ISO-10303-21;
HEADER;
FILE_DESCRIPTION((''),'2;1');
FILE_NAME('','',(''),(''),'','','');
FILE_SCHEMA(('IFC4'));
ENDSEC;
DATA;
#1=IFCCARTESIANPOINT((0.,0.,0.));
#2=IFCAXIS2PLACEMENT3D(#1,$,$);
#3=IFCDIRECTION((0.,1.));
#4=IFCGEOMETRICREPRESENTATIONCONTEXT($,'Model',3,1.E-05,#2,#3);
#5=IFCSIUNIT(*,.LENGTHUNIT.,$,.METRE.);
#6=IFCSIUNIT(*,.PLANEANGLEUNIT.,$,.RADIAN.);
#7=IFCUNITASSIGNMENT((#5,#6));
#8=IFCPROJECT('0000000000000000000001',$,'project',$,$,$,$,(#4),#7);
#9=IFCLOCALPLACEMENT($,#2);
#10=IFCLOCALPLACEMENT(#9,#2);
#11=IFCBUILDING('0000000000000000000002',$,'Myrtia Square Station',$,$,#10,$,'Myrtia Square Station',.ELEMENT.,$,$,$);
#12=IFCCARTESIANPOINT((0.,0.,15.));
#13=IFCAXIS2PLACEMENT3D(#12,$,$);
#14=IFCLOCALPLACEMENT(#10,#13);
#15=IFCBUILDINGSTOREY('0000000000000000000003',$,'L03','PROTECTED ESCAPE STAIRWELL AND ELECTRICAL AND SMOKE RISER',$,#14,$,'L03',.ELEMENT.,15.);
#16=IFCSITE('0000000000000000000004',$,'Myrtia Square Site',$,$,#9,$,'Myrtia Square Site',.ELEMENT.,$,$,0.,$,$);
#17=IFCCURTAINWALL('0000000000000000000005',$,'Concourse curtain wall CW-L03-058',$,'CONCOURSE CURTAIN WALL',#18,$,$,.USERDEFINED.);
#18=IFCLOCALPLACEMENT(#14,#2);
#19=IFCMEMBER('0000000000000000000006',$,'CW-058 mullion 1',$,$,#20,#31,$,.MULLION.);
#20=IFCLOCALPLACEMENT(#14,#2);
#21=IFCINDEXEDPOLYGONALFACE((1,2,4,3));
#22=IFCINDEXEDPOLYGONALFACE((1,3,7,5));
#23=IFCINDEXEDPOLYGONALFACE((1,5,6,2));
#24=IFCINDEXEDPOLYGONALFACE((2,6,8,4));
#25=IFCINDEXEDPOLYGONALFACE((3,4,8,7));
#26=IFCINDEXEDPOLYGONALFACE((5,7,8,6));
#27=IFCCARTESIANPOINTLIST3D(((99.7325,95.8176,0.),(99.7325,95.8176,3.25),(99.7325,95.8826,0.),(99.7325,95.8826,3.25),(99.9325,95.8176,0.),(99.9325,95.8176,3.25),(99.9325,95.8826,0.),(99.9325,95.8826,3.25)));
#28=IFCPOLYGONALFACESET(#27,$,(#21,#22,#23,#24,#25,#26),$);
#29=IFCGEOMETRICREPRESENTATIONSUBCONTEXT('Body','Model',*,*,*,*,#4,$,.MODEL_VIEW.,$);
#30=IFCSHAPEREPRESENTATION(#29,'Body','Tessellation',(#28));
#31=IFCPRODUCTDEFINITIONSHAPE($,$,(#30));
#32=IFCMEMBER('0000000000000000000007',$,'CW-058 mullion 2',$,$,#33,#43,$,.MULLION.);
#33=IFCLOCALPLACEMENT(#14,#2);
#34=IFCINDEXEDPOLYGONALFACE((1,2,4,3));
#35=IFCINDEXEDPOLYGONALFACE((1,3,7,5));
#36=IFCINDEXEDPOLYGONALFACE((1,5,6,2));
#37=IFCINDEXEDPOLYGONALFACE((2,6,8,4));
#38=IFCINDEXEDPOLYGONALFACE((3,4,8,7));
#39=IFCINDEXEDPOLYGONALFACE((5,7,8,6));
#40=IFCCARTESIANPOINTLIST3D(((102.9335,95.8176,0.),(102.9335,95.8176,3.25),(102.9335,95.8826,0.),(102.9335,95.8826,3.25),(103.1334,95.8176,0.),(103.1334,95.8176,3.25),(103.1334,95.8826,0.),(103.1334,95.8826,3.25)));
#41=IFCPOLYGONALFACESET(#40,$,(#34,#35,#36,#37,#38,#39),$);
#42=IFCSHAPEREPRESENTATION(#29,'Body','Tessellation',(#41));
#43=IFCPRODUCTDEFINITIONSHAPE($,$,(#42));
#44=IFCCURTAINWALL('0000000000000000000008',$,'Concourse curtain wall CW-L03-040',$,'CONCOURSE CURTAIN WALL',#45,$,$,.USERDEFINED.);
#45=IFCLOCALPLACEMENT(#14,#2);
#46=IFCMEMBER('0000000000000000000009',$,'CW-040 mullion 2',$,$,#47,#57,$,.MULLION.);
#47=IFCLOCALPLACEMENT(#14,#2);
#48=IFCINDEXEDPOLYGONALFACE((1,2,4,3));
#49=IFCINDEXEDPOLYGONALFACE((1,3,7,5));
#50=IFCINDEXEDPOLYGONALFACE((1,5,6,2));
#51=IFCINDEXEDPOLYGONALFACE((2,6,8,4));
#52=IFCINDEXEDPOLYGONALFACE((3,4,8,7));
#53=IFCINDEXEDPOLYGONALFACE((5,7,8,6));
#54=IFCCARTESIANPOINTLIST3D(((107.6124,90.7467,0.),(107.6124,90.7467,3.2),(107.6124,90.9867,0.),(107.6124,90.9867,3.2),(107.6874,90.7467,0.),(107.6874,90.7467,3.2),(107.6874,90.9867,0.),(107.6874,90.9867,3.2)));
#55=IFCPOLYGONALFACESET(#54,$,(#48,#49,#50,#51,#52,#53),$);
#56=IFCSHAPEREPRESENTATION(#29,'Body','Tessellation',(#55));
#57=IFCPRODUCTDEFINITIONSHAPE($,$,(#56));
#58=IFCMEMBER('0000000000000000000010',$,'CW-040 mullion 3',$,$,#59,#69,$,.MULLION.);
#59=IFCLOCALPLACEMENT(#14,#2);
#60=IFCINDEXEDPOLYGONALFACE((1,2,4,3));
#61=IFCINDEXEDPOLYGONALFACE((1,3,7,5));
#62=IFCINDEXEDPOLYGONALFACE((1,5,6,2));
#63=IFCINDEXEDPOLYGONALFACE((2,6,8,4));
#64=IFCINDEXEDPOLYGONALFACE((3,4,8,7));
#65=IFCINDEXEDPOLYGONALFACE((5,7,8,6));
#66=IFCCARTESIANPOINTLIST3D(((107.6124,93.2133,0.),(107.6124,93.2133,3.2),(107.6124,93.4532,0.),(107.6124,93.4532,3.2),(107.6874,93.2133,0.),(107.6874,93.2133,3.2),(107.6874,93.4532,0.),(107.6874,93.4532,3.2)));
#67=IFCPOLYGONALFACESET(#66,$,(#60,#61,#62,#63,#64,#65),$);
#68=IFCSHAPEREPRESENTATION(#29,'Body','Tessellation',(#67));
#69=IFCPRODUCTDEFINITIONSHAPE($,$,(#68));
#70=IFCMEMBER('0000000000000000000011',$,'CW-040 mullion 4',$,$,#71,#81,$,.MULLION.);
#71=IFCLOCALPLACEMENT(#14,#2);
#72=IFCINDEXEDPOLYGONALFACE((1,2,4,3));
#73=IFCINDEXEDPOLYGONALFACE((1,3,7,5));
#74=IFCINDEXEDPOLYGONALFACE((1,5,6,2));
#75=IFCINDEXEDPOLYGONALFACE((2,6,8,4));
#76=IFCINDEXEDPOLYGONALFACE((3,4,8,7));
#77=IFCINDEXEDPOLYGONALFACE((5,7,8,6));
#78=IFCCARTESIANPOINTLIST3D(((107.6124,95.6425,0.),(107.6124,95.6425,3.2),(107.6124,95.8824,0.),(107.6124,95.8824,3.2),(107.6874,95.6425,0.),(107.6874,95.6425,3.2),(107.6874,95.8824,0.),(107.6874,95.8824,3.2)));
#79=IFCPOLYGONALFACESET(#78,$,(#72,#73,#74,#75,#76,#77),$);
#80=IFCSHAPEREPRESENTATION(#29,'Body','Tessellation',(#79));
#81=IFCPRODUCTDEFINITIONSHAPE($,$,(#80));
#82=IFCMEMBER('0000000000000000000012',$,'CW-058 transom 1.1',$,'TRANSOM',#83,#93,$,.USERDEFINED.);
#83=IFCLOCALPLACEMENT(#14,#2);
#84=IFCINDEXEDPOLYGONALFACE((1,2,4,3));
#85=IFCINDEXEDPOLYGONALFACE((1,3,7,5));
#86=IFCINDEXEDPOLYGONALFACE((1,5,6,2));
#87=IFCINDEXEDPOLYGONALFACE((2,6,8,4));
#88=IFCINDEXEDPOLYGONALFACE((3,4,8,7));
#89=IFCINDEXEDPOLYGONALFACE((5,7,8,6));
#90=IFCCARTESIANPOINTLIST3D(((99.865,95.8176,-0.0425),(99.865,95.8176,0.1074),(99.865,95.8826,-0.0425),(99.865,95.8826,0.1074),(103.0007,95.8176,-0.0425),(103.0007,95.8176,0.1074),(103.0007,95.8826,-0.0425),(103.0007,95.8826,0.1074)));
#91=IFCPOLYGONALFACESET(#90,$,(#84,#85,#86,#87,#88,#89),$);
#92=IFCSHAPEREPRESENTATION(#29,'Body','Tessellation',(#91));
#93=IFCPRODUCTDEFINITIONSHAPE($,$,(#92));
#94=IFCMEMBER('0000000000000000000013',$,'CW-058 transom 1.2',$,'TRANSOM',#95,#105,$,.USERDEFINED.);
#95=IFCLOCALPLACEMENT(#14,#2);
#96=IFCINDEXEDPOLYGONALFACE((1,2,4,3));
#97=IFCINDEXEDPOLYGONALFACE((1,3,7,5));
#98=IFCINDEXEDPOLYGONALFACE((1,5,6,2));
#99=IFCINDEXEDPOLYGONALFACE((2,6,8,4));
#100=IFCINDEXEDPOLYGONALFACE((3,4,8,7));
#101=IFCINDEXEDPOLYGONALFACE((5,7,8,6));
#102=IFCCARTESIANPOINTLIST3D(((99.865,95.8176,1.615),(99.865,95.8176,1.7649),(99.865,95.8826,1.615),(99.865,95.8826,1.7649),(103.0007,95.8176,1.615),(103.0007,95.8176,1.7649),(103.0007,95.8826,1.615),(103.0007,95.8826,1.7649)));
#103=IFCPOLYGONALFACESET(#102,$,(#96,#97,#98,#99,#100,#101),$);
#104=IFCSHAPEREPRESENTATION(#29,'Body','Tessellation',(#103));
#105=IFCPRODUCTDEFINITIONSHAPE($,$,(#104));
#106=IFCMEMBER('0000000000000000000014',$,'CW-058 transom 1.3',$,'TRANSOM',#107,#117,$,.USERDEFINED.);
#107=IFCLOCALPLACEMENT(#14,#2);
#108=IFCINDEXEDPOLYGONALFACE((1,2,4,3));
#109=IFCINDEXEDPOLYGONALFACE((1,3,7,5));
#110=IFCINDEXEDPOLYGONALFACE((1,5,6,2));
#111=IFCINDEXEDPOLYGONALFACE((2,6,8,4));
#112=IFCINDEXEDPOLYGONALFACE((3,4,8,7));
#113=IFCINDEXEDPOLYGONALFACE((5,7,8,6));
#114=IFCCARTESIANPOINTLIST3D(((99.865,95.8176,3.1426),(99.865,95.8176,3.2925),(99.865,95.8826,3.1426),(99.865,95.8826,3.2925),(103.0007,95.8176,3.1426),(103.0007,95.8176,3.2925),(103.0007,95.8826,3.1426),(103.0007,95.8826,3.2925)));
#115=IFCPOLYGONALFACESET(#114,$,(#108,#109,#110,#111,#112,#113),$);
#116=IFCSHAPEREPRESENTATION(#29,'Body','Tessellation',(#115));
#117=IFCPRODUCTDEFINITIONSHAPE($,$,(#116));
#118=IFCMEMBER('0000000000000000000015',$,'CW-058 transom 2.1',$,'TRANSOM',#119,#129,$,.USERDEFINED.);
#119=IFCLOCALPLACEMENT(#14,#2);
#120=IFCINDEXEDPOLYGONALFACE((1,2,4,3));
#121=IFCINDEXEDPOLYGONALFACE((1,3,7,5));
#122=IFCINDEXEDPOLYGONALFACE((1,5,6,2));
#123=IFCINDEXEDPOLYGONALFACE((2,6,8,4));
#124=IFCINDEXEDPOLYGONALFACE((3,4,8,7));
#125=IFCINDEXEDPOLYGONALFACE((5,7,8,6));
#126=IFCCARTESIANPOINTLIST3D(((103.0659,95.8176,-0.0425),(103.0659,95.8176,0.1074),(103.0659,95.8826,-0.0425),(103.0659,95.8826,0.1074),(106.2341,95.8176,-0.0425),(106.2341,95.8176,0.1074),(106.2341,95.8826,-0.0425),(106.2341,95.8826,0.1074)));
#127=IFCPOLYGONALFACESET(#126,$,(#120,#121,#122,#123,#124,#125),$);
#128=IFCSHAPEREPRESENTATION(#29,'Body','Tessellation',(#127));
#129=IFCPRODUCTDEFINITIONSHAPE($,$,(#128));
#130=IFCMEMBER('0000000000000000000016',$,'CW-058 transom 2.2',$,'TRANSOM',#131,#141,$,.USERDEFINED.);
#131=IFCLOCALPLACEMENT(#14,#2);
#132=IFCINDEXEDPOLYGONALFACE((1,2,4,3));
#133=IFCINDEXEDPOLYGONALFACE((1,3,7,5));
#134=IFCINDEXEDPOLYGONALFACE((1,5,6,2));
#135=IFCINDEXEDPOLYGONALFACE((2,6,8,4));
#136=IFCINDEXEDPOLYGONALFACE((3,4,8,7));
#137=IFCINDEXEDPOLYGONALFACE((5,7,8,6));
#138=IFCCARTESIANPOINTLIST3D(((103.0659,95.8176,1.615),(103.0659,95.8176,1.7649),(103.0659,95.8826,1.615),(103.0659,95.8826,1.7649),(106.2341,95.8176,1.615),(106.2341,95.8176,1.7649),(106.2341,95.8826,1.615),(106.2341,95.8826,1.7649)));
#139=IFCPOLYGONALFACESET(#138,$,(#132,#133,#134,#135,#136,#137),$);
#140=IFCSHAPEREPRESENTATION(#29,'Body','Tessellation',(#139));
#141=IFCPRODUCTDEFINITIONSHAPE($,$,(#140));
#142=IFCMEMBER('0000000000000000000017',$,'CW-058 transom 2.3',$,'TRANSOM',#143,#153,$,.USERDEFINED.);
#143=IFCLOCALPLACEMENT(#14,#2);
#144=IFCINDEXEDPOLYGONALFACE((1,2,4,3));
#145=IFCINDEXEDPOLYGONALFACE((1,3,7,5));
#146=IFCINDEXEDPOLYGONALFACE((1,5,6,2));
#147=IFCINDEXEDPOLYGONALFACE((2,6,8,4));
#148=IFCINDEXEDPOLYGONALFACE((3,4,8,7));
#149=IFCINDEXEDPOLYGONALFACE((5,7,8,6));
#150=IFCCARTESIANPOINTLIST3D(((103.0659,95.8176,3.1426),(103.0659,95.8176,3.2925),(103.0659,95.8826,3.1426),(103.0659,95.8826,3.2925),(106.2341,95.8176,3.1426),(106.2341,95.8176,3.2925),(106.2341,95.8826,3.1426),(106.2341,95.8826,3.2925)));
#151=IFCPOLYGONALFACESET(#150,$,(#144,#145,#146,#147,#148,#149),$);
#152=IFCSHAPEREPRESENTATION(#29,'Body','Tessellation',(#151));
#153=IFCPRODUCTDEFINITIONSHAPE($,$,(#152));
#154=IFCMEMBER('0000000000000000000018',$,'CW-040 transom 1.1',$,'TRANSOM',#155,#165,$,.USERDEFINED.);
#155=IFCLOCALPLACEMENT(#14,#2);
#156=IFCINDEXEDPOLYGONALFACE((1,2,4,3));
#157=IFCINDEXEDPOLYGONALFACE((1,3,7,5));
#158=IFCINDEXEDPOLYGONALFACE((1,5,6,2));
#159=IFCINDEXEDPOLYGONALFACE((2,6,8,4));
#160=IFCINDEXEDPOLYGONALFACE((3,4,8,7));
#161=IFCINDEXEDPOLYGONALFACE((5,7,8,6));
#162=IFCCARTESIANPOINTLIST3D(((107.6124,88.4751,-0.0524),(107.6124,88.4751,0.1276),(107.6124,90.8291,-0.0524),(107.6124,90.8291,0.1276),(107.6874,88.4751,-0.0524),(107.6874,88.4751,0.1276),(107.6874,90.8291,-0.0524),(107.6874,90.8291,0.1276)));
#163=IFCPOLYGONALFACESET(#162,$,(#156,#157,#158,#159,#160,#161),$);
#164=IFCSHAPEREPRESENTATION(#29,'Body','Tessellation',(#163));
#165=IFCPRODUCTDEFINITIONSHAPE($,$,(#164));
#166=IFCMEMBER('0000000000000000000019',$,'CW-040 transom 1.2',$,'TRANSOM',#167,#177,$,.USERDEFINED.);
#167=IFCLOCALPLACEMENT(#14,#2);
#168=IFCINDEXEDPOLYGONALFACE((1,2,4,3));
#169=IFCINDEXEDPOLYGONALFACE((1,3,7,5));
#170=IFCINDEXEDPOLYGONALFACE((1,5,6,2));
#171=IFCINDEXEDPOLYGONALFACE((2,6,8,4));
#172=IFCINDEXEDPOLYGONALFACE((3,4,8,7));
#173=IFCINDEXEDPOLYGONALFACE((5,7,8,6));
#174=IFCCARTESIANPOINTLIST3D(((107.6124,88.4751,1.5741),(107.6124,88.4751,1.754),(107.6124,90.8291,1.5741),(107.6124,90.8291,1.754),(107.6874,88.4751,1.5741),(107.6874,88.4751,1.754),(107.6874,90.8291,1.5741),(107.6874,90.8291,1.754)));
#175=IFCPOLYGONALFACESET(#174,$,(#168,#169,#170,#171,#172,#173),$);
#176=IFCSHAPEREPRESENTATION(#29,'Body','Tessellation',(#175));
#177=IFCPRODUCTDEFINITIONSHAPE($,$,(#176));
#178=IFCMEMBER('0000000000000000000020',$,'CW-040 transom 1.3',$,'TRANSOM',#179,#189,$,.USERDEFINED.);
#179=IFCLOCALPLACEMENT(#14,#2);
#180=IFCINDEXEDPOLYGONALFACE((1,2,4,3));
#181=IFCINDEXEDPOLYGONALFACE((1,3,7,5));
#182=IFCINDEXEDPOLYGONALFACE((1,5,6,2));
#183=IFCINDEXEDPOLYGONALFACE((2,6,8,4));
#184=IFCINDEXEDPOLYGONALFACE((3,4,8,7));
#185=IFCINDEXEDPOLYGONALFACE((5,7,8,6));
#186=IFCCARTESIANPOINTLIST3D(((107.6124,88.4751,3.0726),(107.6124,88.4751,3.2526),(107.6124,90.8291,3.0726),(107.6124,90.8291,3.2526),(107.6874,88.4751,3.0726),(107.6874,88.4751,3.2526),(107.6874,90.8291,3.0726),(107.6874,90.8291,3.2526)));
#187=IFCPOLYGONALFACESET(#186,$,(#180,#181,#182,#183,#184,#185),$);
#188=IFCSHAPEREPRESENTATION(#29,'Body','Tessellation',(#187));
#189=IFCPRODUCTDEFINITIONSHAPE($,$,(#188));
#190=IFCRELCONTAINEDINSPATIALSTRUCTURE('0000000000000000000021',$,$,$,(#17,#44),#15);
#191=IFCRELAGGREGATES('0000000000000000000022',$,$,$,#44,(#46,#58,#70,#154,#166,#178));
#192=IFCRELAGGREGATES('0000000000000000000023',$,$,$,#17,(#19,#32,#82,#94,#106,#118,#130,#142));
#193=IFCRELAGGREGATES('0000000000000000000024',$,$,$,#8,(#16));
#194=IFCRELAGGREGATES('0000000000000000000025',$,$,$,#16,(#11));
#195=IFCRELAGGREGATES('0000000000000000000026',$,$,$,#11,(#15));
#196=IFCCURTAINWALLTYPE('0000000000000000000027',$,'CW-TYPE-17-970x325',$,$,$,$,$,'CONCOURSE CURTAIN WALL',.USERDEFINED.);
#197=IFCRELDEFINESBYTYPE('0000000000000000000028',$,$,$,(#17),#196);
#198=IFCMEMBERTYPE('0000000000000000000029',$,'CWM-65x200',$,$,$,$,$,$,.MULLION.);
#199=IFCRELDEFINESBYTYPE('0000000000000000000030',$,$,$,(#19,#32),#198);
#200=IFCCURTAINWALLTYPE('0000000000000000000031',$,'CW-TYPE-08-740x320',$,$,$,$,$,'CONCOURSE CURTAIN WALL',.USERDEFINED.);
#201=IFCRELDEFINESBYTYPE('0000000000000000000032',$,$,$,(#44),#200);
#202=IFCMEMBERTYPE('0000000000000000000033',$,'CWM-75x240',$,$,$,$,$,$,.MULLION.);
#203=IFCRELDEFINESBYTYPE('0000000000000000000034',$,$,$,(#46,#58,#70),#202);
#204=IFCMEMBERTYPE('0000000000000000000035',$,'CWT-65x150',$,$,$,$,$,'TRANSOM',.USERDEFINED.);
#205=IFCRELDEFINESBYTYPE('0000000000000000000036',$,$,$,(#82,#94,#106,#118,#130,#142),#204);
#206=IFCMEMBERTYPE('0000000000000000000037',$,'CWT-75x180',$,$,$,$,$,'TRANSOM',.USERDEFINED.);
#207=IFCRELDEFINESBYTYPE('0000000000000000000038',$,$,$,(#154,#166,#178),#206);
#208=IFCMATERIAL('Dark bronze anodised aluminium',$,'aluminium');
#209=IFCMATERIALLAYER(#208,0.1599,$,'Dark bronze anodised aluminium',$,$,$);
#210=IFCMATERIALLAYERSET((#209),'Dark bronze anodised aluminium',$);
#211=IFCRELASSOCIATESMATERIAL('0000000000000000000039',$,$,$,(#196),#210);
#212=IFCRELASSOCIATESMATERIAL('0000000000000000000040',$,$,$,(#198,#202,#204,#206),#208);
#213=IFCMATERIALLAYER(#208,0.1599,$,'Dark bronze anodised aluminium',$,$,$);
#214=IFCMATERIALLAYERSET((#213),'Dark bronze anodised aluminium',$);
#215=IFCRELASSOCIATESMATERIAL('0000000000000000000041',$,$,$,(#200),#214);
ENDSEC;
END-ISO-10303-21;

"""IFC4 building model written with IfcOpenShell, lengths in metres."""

from ifc_helpers import new_model, si_unit, direction, frame, origin, origin_2d, place, context, subcontext, project, spatial, rectangle, extrude, material, layer, layer_set, material_profile, profile_set, type_object, element, aggregate, save


model = new_model("IFC4")

# Units and contexts
model_context = context("Model", 3, precision=1e-05, world=origin(), true_north=direction((0.0, 1.0)))
body_context = subcontext(model_context, "Body", "Model", "MODEL_VIEW")
ifc_project = project(units=[si_unit("LENGTHUNIT", "METRE"), si_unit("PLANEANGLEUNIT", "RADIAN")], contexts=[model_context])

# Site, building, storey
site_placement = place(None, origin())
site = spatial("IfcSite", under=ifc_project, at=site_placement, Name="Myrtia Square Site", LongName="Myrtia Square Site", CompositionType="ELEMENT", RefElevation=0.0)
building_placement = place(site_placement, origin())
building = spatial("IfcBuilding", under=site, at=building_placement, Name="Myrtia Square Station", LongName="Myrtia Square Station", CompositionType="ELEMENT")
storey_placement = place(building_placement, frame((0.0, 0.0, 15.0)))
storey = spatial("IfcBuildingStorey", under=building, at=storey_placement, Name="L03", Description="PROTECTED ESCAPE STAIRWELL AND ELECTRICAL AND SMOKE RISER", LongName="L03", CompositionType="ELEMENT", Elevation=15.0)

# Curtain walls, members
ifc_material_1 = material(Name="Dark bronze anodised aluminium", Category="aluminium")
ifc_layer_1 = layer(ifc_material_1, 0.1599, Name="Dark bronze anodised aluminium")
ifc_layer_set_1 = layer_set([ifc_layer_1], Name="Dark bronze anodised aluminium")
curtain_wall_type_1 = type_object("IfcCurtainWallType", Name="CW-TYPE-17-970x325", ElementType="CONCOURSE CURTAIN WALL", PredefinedType="USERDEFINED", material=ifc_layer_set_1)
curtain_wall_1_placement = place(storey_placement, origin())
curtain_wall_1 = element("IfcCurtainWall", 1, at=curtain_wall_1_placement, inside=storey, type_object=curtain_wall_type_1, Name="Concourse curtain wall CW-L03-058", ObjectType="CONCOURSE CURTAIN WALL", PredefinedType="USERDEFINED")
ifc_material_profile_1 = material_profile(ifc_material_1, rectangle(XDim=0.0649, YDim=0.2, at=origin_2d()), Name="ALU-M 65x200")
ifc_profile_set_1 = profile_set([ifc_material_profile_1], Name="Dark bronze anodised aluminium")
member_type_1 = type_object("IfcMemberType", Name="CWM-65x200", PredefinedType="MULLION", material=ifc_profile_set_1)
member_1_placement = place(storey_placement, frame((99.8325, 95.8501, 0.0), z_axis=(0.0, 0.0, 1.0), x_axis=(0.0, 1.0, 0.0)))
member_1 = element("IfcMember", 2, at=member_1_placement, type_object=member_type_1, Name="CW-058 mullion 1", PredefinedType="MULLION", context=body_context, shape_type="SweptSolid", body=[
    extrude(rectangle(XDim=0.0649, YDim=0.2, at=origin_2d()), origin(), (0.0, 0.0, 1.0), 3.25),
])
member_2_placement = place(storey_placement, frame((103.0334, 95.8501, 0.0), z_axis=(0.0, 0.0, 1.0), x_axis=(0.0, 1.0, 0.0)))
member_2 = element("IfcMember", 3, at=member_2_placement, type_object=member_type_1, Name="CW-058 mullion 2", PredefinedType="MULLION", context=body_context, shape_type="SweptSolid", body=[
    extrude(rectangle(XDim=0.0649, YDim=0.2, at=origin_2d()), origin(), (0.0, 0.0, 1.0), 3.25),
])
ifc_layer_2 = layer(ifc_material_1, 0.1599, Name="Dark bronze anodised aluminium")
ifc_layer_set_2 = layer_set([ifc_layer_2], Name="Dark bronze anodised aluminium")
curtain_wall_type_2 = type_object("IfcCurtainWallType", Name="CW-TYPE-08-740x320", ElementType="CONCOURSE CURTAIN WALL", PredefinedType="USERDEFINED", material=ifc_layer_set_2)
curtain_wall_2_placement = place(storey_placement, origin())
curtain_wall_2 = element("IfcCurtainWall", 4, at=curtain_wall_2_placement, inside=storey, type_object=curtain_wall_type_2, Name="Concourse curtain wall CW-L03-040", ObjectType="CONCOURSE CURTAIN WALL", PredefinedType="USERDEFINED")
ifc_material_profile_2 = material_profile(ifc_material_1, rectangle(XDim=0.075, YDim=0.24, at=origin_2d()), Name="ALU-M 75x240")
ifc_profile_set_2 = profile_set([ifc_material_profile_2], Name="Dark bronze anodised aluminium")
member_type_2 = type_object("IfcMemberType", Name="CWM-75x240", PredefinedType="MULLION", material=ifc_profile_set_2)
member_3_placement = place(storey_placement, frame((107.6499, 90.8667, 0.0), z_axis=(0.0, 0.0, 1.0), x_axis=(-1.0, 0.0, 0.0)))
member_3 = element("IfcMember", 5, at=member_3_placement, type_object=member_type_2, Name="CW-040 mullion 2", PredefinedType="MULLION", context=body_context, shape_type="SweptSolid", body=[
    extrude(rectangle(XDim=0.075, YDim=0.24, at=origin_2d()), origin(), (0.0, 0.0, 1.0), 3.2),
])
member_4_placement = place(storey_placement, frame((107.6499, 93.3333, 0.0), z_axis=(0.0, 0.0, 1.0), x_axis=(-1.0, 0.0, 0.0)))
member_4 = element("IfcMember", 6, at=member_4_placement, type_object=member_type_2, Name="CW-040 mullion 3", PredefinedType="MULLION", context=body_context, shape_type="SweptSolid", body=[
    extrude(rectangle(XDim=0.075, YDim=0.24, at=origin_2d()), origin(), (0.0, 0.0, 1.0), 3.2),
])
member_5_placement = place(storey_placement, frame((107.6499, 95.7625, 0.0), z_axis=(0.0, 0.0, 1.0), x_axis=(-1.0, 0.0, 0.0)))
member_5 = element("IfcMember", 7, at=member_5_placement, type_object=member_type_2, Name="CW-040 mullion 4", PredefinedType="MULLION", context=body_context, shape_type="SweptSolid", body=[
    extrude(rectangle(XDim=0.075, YDim=0.24, at=origin_2d()), origin(), (0.0, 0.0, 1.0), 3.2),
])

# Members
ifc_material_profile_3 = material_profile(ifc_material_1, rectangle(XDim=0.0649, YDim=0.1499, at=origin_2d()), Name="ALU-T 65x150")
ifc_profile_set_3 = profile_set([ifc_material_profile_3], Name="Dark bronze anodised aluminium")
member_type_3 = type_object("IfcMemberType", Name="CWT-65x150", ElementType="TRANSOM", PredefinedType="USERDEFINED", material=ifc_profile_set_3)
member_6_placement = place(storey_placement, frame((99.865, 95.8501, 0.0325), z_axis=(1.0, 0.0, 0.0), x_axis=(0.0, 1.0, 0.0)))
member_6 = element("IfcMember", 8, at=member_6_placement, type_object=member_type_3, Name="CW-058 transom 1.1", ObjectType="TRANSOM", PredefinedType="USERDEFINED", context=body_context, shape_type="SweptSolid", body=[
    extrude(rectangle(XDim=0.0649, YDim=0.1499, at=origin_2d()), origin(), (0.0, 0.0, 1.0), 3.1357),
])
member_7_placement = place(storey_placement, frame((99.865, 95.8501, 1.6899), z_axis=(1.0, 0.0, 0.0), x_axis=(0.0, 1.0, 0.0)))
member_7 = element("IfcMember", 9, at=member_7_placement, type_object=member_type_3, Name="CW-058 transom 1.2", ObjectType="TRANSOM", PredefinedType="USERDEFINED", context=body_context, shape_type="SweptSolid", body=[
    extrude(rectangle(XDim=0.0649, YDim=0.1499, at=origin_2d()), origin(), (0.0, 0.0, 1.0), 3.1357),
])
member_8_placement = place(storey_placement, frame((99.865, 95.8501, 3.2175), z_axis=(1.0, 0.0, 0.0), x_axis=(0.0, 1.0, 0.0)))
member_8 = element("IfcMember", 10, at=member_8_placement, type_object=member_type_3, Name="CW-058 transom 1.3", ObjectType="TRANSOM", PredefinedType="USERDEFINED", context=body_context, shape_type="SweptSolid", body=[
    extrude(rectangle(XDim=0.0649, YDim=0.1499, at=origin_2d()), origin(), (0.0, 0.0, 1.0), 3.1357),
])
member_9_placement = place(storey_placement, frame((103.0659, 95.8501, 0.0325), z_axis=(1.0, 0.0, 0.0), x_axis=(0.0, 1.0, 0.0)))
member_9 = element("IfcMember", 11, at=member_9_placement, type_object=member_type_3, Name="CW-058 transom 2.1", ObjectType="TRANSOM", PredefinedType="USERDEFINED", context=body_context, shape_type="SweptSolid", body=[
    extrude(rectangle(XDim=0.0649, YDim=0.1499, at=origin_2d()), origin(), (0.0, 0.0, 1.0), 3.1682),
])
member_10_placement = place(storey_placement, frame((103.0659, 95.8501, 1.6899), z_axis=(1.0, 0.0, 0.0), x_axis=(0.0, 1.0, 0.0)))
member_10 = element("IfcMember", 12, at=member_10_placement, type_object=member_type_3, Name="CW-058 transom 2.2", ObjectType="TRANSOM", PredefinedType="USERDEFINED", context=body_context, shape_type="SweptSolid", body=[
    extrude(rectangle(XDim=0.0649, YDim=0.1499, at=origin_2d()), origin(), (0.0, 0.0, 1.0), 3.1682),
])
member_11_placement = place(storey_placement, frame((103.0659, 95.8501, 3.2175), z_axis=(1.0, 0.0, 0.0), x_axis=(0.0, 1.0, 0.0)))
member_11 = element("IfcMember", 13, at=member_11_placement, type_object=member_type_3, Name="CW-058 transom 2.3", ObjectType="TRANSOM", PredefinedType="USERDEFINED", context=body_context, shape_type="SweptSolid", body=[
    extrude(rectangle(XDim=0.0649, YDim=0.1499, at=origin_2d()), origin(), (0.0, 0.0, 1.0), 3.1682),
])
ifc_material_profile_4 = material_profile(ifc_material_1, rectangle(XDim=0.075, YDim=0.1799, at=origin_2d()), Name="ALU-T 75x180")
ifc_profile_set_4 = profile_set([ifc_material_profile_4], Name="Dark bronze anodised aluminium")
member_type_4 = type_object("IfcMemberType", Name="CWT-75x180", ElementType="TRANSOM", PredefinedType="USERDEFINED", material=ifc_profile_set_4)
member_12_placement = place(storey_placement, frame((107.6499, 88.4751, 0.0376), z_axis=(0.0, 1.0, 0.0), x_axis=(-1.0, 0.0, 0.0)))
member_12 = element("IfcMember", 14, at=member_12_placement, type_object=member_type_4, Name="CW-040 transom 1.1", ObjectType="TRANSOM", PredefinedType="USERDEFINED", context=body_context, shape_type="SweptSolid", body=[
    extrude(rectangle(XDim=0.075, YDim=0.1799, at=origin_2d()), origin(), (0.0, 0.0, 1.0), 2.354),
])
member_13_placement = place(storey_placement, frame((107.6499, 88.4751, 1.6641), z_axis=(0.0, 1.0, 0.0), x_axis=(-1.0, 0.0, 0.0)))
member_13 = element("IfcMember", 15, at=member_13_placement, type_object=member_type_4, Name="CW-040 transom 1.2", ObjectType="TRANSOM", PredefinedType="USERDEFINED", context=body_context, shape_type="SweptSolid", body=[
    extrude(rectangle(XDim=0.075, YDim=0.1799, at=origin_2d()), origin(), (0.0, 0.0, 1.0), 2.354),
])
member_14_placement = place(storey_placement, frame((107.6499, 88.4751, 3.1626), z_axis=(0.0, 1.0, 0.0), x_axis=(-1.0, 0.0, 0.0)))
member_14 = element("IfcMember", 16, at=member_14_placement, type_object=member_type_4, Name="CW-040 transom 1.3", ObjectType="TRANSOM", PredefinedType="USERDEFINED", context=body_context, shape_type="SweptSolid", body=[
    extrude(rectangle(XDim=0.075, YDim=0.1799, at=origin_2d()), origin(), (0.0, 0.0, 1.0), 2.354),
])

aggregate(curtain_wall_2, [member_3, member_4, member_5, member_12, member_13, member_14])
aggregate(curtain_wall_1, [member_1, member_2, member_6, member_7, member_8, member_9, member_10, member_11])

save(model, "model.ifc")
